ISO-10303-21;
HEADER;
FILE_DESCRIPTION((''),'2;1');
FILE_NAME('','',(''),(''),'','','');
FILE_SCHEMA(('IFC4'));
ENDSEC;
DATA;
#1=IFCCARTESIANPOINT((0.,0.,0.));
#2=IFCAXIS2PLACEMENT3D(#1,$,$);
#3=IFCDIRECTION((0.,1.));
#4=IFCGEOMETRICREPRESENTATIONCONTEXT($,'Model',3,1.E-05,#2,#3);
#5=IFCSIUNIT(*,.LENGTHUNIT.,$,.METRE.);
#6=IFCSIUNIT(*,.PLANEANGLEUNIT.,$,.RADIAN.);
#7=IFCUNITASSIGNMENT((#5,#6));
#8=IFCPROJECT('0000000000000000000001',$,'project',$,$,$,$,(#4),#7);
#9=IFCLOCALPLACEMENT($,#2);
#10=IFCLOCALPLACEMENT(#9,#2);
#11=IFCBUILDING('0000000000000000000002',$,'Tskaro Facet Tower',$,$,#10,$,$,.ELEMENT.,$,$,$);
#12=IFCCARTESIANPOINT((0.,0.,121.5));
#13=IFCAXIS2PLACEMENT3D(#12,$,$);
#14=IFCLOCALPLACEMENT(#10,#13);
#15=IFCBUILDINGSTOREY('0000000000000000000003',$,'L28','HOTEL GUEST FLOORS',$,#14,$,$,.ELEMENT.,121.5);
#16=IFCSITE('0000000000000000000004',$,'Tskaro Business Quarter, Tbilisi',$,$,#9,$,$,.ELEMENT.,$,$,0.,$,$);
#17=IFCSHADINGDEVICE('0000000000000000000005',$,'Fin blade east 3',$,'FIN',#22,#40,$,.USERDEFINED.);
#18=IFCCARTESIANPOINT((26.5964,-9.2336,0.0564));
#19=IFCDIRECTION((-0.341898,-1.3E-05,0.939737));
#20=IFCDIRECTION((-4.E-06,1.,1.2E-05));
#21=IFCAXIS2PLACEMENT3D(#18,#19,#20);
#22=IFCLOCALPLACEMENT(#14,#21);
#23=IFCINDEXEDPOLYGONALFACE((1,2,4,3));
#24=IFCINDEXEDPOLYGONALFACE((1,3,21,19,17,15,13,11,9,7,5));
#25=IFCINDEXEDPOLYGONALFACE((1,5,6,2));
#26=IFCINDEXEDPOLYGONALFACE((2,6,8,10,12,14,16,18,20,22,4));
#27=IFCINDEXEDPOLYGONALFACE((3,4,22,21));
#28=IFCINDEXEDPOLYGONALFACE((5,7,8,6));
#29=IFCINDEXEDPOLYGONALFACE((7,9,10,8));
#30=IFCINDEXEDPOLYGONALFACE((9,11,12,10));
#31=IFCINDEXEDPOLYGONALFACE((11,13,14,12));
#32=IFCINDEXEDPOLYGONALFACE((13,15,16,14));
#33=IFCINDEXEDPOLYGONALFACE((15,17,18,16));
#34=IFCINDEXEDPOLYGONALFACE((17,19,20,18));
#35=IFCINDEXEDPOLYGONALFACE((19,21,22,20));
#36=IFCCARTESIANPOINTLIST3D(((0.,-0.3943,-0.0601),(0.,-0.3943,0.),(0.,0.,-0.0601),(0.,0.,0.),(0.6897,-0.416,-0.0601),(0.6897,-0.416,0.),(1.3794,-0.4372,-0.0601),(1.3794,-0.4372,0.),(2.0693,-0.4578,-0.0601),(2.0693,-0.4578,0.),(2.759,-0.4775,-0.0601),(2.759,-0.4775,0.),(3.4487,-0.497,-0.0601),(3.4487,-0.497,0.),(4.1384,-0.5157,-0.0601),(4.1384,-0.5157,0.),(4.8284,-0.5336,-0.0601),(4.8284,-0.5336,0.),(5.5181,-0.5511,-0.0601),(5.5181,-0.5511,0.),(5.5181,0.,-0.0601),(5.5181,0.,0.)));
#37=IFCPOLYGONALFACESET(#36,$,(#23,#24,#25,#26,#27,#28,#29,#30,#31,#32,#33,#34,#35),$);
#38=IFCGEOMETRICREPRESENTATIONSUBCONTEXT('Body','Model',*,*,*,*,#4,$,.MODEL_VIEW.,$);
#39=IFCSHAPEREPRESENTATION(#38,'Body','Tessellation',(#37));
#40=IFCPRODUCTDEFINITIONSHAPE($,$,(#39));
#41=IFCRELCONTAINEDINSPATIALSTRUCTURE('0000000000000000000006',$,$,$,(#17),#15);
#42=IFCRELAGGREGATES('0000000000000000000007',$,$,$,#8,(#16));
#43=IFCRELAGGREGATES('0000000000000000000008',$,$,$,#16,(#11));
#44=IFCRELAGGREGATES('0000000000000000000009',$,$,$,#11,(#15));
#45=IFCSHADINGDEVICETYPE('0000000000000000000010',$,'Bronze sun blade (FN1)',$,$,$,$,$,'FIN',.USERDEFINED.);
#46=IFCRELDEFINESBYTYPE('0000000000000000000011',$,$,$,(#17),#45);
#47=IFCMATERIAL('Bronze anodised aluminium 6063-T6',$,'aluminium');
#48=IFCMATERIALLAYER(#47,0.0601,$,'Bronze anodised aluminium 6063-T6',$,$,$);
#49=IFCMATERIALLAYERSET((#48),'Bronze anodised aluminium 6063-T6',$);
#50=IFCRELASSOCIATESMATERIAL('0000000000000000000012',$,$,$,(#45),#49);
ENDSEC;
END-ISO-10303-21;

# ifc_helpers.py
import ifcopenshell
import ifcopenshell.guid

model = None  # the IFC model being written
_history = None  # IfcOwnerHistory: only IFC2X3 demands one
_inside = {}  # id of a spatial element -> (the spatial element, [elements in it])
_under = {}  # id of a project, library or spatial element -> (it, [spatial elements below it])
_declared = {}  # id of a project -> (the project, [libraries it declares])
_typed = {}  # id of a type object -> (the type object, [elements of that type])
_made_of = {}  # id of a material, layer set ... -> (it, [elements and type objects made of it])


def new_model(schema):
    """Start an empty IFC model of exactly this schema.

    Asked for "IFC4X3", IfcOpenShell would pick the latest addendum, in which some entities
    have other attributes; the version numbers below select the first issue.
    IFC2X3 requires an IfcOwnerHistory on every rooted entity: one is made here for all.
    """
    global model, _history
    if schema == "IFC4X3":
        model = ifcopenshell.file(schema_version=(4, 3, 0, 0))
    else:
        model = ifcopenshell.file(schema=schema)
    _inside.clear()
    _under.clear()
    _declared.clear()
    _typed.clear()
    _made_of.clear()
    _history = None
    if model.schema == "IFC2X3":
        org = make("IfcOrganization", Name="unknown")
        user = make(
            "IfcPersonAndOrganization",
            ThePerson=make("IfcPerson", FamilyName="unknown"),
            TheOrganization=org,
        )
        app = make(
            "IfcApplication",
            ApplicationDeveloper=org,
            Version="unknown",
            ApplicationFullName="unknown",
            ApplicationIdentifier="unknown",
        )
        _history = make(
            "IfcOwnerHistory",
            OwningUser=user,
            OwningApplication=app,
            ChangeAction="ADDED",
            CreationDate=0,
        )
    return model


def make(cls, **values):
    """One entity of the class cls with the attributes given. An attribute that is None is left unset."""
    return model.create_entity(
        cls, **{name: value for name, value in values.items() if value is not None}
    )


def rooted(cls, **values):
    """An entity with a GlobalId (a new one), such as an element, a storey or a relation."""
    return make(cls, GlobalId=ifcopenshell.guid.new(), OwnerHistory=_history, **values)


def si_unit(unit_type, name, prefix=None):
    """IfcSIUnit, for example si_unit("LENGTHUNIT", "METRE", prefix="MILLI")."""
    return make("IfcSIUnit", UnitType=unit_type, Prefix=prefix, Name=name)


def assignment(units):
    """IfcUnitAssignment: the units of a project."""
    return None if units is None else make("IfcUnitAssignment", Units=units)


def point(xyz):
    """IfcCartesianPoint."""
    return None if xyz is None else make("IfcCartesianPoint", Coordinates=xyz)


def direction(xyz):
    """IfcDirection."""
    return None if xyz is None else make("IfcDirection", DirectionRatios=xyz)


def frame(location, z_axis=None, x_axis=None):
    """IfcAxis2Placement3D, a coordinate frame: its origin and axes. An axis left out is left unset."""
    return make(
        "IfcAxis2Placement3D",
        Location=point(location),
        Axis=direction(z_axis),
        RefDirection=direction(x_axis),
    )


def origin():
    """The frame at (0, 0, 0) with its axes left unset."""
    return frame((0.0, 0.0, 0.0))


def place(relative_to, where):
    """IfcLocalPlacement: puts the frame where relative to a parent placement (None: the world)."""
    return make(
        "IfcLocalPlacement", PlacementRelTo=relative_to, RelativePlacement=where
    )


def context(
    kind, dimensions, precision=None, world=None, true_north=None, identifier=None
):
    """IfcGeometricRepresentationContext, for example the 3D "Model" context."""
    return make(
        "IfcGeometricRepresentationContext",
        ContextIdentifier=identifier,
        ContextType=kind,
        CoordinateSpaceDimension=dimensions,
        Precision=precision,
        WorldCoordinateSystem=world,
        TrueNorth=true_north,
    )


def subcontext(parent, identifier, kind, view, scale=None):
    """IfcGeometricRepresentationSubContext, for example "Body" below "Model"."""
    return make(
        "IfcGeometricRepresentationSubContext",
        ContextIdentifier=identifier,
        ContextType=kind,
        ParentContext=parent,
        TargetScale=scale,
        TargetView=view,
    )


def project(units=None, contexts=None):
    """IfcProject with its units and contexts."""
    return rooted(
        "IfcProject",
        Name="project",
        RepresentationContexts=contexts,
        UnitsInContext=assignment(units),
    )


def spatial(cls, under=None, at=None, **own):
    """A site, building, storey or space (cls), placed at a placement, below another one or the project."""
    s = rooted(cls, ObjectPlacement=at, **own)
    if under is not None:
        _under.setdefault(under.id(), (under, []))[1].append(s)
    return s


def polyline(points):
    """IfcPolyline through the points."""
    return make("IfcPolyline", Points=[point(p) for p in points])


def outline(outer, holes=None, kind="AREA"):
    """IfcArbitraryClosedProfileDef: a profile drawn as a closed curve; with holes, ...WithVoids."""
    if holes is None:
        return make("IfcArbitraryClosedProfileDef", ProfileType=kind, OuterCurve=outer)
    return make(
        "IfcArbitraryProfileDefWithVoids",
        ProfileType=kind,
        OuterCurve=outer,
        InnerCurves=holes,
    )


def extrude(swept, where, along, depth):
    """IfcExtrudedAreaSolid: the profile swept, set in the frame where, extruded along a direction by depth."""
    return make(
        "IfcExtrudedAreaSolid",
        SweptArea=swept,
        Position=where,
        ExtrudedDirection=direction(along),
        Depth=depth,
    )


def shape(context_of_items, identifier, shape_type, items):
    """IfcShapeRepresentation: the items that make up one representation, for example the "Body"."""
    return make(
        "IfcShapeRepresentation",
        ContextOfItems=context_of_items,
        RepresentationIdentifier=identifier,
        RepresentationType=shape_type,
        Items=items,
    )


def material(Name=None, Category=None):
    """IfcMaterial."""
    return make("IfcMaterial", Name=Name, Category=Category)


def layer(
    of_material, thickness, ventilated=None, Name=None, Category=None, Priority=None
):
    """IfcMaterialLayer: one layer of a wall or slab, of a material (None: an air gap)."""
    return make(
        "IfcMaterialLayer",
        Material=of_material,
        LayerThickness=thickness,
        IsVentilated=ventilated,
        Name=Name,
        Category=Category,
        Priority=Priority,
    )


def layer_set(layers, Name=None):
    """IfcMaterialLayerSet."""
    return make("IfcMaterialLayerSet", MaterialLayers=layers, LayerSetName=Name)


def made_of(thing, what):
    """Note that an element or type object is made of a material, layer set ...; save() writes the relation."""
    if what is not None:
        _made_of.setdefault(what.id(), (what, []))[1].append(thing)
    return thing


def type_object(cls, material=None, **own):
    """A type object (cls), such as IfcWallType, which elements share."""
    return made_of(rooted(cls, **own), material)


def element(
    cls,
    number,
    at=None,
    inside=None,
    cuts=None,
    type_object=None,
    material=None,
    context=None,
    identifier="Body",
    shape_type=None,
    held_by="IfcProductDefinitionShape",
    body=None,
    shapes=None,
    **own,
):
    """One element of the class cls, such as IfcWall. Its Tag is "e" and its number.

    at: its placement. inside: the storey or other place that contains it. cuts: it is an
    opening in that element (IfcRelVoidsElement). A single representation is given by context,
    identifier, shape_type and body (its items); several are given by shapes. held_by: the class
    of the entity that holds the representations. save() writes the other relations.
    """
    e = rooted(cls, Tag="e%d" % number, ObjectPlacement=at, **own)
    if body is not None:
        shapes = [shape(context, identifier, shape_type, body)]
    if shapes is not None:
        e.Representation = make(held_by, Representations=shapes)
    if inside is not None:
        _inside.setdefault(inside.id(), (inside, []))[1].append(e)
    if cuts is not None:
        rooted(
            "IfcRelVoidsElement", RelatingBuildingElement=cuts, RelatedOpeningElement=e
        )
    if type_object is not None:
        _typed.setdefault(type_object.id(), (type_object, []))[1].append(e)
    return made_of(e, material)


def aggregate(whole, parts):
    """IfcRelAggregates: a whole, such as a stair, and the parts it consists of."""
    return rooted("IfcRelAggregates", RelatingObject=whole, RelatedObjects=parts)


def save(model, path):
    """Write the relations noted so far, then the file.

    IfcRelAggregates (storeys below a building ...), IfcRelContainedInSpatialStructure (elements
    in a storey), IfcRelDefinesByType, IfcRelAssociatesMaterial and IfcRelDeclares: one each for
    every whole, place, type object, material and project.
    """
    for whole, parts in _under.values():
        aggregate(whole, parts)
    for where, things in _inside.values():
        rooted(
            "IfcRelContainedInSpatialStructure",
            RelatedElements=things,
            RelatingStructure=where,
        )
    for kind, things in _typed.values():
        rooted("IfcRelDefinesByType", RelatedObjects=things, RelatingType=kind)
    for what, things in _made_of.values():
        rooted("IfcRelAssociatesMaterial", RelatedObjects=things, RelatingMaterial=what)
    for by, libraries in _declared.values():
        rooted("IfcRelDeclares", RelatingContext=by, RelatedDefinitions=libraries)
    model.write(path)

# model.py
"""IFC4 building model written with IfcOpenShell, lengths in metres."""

from ifc_helpers import new_model, si_unit, direction, frame, origin, place, context, subcontext, project, spatial, polyline, outline, extrude, material, layer, layer_set, type_object, element, save


model = new_model("IFC4")

# Units and contexts
model_context = context("Model", 3, precision=1e-05, world=origin(), true_north=direction((0.0, 1.0)))
body_context = subcontext(model_context, "Body", "Model", "MODEL_VIEW")
ifc_project = project(units=[si_unit("LENGTHUNIT", "METRE"), si_unit("PLANEANGLEUNIT", "RADIAN")], contexts=[model_context])

# Site, building, storey
site_placement = place(None, origin())
site = spatial("IfcSite", under=ifc_project, at=site_placement, Name="Tskaro Business Quarter, Tbilisi", CompositionType="ELEMENT", RefElevation=0.0)
building_placement = place(site_placement, origin())
building = spatial("IfcBuilding", under=site, at=building_placement, Name="Tskaro Facet Tower", CompositionType="ELEMENT")
storey_placement = place(building_placement, frame((0.0, 0.0, 121.5)))
storey = spatial("IfcBuildingStorey", under=building, at=storey_placement, Name="L28", Description="HOTEL GUEST FLOORS", CompositionType="ELEMENT", Elevation=121.5)

# Shared definitions
ifc_material_1 = material(Name="Bronze anodised aluminium 6063-T6", Category="aluminium")

# Shading device
ifc_layer_1 = layer(ifc_material_1, 0.0601, Name="Bronze anodised aluminium 6063-T6")
ifc_layer_set_1 = layer_set([ifc_layer_1], Name="Bronze anodised aluminium 6063-T6")
shading_device_type = type_object("IfcShadingDeviceType", Name="Bronze sun blade (FN1)", ElementType="FIN", PredefinedType="USERDEFINED", material=ifc_layer_set_1)
shading_device_1_placement = place(storey_placement, frame((26.5964, -9.2336, 0.0564), z_axis=(-0.341898, -0.000013, 0.939737), x_axis=(-0.000004, 1.0, 0.000012)))
element("IfcShadingDevice", 1, at=shading_device_1_placement, inside=storey, type_object=shading_device_type, Name="Fin blade east 3", ObjectType="FIN", PredefinedType="USERDEFINED", context=body_context, shape_type="SweptSolid", body=[
    extrude(outline(polyline([(0.0, 0.0), (5.5181, 0.0), (5.5181, -0.5511), (4.8284, -0.5336), (4.1384, -0.5157), (3.4487, -0.497), (2.759, -0.4775), (2.0693, -0.4578), (1.3794, -0.4372), (0.6897, -0.416), (0.0, -0.3943), (0.0, 0.0)])), origin(), (0.0, 0.0, -1.0), 0.0601),
])

save(model, "model.ifc")
